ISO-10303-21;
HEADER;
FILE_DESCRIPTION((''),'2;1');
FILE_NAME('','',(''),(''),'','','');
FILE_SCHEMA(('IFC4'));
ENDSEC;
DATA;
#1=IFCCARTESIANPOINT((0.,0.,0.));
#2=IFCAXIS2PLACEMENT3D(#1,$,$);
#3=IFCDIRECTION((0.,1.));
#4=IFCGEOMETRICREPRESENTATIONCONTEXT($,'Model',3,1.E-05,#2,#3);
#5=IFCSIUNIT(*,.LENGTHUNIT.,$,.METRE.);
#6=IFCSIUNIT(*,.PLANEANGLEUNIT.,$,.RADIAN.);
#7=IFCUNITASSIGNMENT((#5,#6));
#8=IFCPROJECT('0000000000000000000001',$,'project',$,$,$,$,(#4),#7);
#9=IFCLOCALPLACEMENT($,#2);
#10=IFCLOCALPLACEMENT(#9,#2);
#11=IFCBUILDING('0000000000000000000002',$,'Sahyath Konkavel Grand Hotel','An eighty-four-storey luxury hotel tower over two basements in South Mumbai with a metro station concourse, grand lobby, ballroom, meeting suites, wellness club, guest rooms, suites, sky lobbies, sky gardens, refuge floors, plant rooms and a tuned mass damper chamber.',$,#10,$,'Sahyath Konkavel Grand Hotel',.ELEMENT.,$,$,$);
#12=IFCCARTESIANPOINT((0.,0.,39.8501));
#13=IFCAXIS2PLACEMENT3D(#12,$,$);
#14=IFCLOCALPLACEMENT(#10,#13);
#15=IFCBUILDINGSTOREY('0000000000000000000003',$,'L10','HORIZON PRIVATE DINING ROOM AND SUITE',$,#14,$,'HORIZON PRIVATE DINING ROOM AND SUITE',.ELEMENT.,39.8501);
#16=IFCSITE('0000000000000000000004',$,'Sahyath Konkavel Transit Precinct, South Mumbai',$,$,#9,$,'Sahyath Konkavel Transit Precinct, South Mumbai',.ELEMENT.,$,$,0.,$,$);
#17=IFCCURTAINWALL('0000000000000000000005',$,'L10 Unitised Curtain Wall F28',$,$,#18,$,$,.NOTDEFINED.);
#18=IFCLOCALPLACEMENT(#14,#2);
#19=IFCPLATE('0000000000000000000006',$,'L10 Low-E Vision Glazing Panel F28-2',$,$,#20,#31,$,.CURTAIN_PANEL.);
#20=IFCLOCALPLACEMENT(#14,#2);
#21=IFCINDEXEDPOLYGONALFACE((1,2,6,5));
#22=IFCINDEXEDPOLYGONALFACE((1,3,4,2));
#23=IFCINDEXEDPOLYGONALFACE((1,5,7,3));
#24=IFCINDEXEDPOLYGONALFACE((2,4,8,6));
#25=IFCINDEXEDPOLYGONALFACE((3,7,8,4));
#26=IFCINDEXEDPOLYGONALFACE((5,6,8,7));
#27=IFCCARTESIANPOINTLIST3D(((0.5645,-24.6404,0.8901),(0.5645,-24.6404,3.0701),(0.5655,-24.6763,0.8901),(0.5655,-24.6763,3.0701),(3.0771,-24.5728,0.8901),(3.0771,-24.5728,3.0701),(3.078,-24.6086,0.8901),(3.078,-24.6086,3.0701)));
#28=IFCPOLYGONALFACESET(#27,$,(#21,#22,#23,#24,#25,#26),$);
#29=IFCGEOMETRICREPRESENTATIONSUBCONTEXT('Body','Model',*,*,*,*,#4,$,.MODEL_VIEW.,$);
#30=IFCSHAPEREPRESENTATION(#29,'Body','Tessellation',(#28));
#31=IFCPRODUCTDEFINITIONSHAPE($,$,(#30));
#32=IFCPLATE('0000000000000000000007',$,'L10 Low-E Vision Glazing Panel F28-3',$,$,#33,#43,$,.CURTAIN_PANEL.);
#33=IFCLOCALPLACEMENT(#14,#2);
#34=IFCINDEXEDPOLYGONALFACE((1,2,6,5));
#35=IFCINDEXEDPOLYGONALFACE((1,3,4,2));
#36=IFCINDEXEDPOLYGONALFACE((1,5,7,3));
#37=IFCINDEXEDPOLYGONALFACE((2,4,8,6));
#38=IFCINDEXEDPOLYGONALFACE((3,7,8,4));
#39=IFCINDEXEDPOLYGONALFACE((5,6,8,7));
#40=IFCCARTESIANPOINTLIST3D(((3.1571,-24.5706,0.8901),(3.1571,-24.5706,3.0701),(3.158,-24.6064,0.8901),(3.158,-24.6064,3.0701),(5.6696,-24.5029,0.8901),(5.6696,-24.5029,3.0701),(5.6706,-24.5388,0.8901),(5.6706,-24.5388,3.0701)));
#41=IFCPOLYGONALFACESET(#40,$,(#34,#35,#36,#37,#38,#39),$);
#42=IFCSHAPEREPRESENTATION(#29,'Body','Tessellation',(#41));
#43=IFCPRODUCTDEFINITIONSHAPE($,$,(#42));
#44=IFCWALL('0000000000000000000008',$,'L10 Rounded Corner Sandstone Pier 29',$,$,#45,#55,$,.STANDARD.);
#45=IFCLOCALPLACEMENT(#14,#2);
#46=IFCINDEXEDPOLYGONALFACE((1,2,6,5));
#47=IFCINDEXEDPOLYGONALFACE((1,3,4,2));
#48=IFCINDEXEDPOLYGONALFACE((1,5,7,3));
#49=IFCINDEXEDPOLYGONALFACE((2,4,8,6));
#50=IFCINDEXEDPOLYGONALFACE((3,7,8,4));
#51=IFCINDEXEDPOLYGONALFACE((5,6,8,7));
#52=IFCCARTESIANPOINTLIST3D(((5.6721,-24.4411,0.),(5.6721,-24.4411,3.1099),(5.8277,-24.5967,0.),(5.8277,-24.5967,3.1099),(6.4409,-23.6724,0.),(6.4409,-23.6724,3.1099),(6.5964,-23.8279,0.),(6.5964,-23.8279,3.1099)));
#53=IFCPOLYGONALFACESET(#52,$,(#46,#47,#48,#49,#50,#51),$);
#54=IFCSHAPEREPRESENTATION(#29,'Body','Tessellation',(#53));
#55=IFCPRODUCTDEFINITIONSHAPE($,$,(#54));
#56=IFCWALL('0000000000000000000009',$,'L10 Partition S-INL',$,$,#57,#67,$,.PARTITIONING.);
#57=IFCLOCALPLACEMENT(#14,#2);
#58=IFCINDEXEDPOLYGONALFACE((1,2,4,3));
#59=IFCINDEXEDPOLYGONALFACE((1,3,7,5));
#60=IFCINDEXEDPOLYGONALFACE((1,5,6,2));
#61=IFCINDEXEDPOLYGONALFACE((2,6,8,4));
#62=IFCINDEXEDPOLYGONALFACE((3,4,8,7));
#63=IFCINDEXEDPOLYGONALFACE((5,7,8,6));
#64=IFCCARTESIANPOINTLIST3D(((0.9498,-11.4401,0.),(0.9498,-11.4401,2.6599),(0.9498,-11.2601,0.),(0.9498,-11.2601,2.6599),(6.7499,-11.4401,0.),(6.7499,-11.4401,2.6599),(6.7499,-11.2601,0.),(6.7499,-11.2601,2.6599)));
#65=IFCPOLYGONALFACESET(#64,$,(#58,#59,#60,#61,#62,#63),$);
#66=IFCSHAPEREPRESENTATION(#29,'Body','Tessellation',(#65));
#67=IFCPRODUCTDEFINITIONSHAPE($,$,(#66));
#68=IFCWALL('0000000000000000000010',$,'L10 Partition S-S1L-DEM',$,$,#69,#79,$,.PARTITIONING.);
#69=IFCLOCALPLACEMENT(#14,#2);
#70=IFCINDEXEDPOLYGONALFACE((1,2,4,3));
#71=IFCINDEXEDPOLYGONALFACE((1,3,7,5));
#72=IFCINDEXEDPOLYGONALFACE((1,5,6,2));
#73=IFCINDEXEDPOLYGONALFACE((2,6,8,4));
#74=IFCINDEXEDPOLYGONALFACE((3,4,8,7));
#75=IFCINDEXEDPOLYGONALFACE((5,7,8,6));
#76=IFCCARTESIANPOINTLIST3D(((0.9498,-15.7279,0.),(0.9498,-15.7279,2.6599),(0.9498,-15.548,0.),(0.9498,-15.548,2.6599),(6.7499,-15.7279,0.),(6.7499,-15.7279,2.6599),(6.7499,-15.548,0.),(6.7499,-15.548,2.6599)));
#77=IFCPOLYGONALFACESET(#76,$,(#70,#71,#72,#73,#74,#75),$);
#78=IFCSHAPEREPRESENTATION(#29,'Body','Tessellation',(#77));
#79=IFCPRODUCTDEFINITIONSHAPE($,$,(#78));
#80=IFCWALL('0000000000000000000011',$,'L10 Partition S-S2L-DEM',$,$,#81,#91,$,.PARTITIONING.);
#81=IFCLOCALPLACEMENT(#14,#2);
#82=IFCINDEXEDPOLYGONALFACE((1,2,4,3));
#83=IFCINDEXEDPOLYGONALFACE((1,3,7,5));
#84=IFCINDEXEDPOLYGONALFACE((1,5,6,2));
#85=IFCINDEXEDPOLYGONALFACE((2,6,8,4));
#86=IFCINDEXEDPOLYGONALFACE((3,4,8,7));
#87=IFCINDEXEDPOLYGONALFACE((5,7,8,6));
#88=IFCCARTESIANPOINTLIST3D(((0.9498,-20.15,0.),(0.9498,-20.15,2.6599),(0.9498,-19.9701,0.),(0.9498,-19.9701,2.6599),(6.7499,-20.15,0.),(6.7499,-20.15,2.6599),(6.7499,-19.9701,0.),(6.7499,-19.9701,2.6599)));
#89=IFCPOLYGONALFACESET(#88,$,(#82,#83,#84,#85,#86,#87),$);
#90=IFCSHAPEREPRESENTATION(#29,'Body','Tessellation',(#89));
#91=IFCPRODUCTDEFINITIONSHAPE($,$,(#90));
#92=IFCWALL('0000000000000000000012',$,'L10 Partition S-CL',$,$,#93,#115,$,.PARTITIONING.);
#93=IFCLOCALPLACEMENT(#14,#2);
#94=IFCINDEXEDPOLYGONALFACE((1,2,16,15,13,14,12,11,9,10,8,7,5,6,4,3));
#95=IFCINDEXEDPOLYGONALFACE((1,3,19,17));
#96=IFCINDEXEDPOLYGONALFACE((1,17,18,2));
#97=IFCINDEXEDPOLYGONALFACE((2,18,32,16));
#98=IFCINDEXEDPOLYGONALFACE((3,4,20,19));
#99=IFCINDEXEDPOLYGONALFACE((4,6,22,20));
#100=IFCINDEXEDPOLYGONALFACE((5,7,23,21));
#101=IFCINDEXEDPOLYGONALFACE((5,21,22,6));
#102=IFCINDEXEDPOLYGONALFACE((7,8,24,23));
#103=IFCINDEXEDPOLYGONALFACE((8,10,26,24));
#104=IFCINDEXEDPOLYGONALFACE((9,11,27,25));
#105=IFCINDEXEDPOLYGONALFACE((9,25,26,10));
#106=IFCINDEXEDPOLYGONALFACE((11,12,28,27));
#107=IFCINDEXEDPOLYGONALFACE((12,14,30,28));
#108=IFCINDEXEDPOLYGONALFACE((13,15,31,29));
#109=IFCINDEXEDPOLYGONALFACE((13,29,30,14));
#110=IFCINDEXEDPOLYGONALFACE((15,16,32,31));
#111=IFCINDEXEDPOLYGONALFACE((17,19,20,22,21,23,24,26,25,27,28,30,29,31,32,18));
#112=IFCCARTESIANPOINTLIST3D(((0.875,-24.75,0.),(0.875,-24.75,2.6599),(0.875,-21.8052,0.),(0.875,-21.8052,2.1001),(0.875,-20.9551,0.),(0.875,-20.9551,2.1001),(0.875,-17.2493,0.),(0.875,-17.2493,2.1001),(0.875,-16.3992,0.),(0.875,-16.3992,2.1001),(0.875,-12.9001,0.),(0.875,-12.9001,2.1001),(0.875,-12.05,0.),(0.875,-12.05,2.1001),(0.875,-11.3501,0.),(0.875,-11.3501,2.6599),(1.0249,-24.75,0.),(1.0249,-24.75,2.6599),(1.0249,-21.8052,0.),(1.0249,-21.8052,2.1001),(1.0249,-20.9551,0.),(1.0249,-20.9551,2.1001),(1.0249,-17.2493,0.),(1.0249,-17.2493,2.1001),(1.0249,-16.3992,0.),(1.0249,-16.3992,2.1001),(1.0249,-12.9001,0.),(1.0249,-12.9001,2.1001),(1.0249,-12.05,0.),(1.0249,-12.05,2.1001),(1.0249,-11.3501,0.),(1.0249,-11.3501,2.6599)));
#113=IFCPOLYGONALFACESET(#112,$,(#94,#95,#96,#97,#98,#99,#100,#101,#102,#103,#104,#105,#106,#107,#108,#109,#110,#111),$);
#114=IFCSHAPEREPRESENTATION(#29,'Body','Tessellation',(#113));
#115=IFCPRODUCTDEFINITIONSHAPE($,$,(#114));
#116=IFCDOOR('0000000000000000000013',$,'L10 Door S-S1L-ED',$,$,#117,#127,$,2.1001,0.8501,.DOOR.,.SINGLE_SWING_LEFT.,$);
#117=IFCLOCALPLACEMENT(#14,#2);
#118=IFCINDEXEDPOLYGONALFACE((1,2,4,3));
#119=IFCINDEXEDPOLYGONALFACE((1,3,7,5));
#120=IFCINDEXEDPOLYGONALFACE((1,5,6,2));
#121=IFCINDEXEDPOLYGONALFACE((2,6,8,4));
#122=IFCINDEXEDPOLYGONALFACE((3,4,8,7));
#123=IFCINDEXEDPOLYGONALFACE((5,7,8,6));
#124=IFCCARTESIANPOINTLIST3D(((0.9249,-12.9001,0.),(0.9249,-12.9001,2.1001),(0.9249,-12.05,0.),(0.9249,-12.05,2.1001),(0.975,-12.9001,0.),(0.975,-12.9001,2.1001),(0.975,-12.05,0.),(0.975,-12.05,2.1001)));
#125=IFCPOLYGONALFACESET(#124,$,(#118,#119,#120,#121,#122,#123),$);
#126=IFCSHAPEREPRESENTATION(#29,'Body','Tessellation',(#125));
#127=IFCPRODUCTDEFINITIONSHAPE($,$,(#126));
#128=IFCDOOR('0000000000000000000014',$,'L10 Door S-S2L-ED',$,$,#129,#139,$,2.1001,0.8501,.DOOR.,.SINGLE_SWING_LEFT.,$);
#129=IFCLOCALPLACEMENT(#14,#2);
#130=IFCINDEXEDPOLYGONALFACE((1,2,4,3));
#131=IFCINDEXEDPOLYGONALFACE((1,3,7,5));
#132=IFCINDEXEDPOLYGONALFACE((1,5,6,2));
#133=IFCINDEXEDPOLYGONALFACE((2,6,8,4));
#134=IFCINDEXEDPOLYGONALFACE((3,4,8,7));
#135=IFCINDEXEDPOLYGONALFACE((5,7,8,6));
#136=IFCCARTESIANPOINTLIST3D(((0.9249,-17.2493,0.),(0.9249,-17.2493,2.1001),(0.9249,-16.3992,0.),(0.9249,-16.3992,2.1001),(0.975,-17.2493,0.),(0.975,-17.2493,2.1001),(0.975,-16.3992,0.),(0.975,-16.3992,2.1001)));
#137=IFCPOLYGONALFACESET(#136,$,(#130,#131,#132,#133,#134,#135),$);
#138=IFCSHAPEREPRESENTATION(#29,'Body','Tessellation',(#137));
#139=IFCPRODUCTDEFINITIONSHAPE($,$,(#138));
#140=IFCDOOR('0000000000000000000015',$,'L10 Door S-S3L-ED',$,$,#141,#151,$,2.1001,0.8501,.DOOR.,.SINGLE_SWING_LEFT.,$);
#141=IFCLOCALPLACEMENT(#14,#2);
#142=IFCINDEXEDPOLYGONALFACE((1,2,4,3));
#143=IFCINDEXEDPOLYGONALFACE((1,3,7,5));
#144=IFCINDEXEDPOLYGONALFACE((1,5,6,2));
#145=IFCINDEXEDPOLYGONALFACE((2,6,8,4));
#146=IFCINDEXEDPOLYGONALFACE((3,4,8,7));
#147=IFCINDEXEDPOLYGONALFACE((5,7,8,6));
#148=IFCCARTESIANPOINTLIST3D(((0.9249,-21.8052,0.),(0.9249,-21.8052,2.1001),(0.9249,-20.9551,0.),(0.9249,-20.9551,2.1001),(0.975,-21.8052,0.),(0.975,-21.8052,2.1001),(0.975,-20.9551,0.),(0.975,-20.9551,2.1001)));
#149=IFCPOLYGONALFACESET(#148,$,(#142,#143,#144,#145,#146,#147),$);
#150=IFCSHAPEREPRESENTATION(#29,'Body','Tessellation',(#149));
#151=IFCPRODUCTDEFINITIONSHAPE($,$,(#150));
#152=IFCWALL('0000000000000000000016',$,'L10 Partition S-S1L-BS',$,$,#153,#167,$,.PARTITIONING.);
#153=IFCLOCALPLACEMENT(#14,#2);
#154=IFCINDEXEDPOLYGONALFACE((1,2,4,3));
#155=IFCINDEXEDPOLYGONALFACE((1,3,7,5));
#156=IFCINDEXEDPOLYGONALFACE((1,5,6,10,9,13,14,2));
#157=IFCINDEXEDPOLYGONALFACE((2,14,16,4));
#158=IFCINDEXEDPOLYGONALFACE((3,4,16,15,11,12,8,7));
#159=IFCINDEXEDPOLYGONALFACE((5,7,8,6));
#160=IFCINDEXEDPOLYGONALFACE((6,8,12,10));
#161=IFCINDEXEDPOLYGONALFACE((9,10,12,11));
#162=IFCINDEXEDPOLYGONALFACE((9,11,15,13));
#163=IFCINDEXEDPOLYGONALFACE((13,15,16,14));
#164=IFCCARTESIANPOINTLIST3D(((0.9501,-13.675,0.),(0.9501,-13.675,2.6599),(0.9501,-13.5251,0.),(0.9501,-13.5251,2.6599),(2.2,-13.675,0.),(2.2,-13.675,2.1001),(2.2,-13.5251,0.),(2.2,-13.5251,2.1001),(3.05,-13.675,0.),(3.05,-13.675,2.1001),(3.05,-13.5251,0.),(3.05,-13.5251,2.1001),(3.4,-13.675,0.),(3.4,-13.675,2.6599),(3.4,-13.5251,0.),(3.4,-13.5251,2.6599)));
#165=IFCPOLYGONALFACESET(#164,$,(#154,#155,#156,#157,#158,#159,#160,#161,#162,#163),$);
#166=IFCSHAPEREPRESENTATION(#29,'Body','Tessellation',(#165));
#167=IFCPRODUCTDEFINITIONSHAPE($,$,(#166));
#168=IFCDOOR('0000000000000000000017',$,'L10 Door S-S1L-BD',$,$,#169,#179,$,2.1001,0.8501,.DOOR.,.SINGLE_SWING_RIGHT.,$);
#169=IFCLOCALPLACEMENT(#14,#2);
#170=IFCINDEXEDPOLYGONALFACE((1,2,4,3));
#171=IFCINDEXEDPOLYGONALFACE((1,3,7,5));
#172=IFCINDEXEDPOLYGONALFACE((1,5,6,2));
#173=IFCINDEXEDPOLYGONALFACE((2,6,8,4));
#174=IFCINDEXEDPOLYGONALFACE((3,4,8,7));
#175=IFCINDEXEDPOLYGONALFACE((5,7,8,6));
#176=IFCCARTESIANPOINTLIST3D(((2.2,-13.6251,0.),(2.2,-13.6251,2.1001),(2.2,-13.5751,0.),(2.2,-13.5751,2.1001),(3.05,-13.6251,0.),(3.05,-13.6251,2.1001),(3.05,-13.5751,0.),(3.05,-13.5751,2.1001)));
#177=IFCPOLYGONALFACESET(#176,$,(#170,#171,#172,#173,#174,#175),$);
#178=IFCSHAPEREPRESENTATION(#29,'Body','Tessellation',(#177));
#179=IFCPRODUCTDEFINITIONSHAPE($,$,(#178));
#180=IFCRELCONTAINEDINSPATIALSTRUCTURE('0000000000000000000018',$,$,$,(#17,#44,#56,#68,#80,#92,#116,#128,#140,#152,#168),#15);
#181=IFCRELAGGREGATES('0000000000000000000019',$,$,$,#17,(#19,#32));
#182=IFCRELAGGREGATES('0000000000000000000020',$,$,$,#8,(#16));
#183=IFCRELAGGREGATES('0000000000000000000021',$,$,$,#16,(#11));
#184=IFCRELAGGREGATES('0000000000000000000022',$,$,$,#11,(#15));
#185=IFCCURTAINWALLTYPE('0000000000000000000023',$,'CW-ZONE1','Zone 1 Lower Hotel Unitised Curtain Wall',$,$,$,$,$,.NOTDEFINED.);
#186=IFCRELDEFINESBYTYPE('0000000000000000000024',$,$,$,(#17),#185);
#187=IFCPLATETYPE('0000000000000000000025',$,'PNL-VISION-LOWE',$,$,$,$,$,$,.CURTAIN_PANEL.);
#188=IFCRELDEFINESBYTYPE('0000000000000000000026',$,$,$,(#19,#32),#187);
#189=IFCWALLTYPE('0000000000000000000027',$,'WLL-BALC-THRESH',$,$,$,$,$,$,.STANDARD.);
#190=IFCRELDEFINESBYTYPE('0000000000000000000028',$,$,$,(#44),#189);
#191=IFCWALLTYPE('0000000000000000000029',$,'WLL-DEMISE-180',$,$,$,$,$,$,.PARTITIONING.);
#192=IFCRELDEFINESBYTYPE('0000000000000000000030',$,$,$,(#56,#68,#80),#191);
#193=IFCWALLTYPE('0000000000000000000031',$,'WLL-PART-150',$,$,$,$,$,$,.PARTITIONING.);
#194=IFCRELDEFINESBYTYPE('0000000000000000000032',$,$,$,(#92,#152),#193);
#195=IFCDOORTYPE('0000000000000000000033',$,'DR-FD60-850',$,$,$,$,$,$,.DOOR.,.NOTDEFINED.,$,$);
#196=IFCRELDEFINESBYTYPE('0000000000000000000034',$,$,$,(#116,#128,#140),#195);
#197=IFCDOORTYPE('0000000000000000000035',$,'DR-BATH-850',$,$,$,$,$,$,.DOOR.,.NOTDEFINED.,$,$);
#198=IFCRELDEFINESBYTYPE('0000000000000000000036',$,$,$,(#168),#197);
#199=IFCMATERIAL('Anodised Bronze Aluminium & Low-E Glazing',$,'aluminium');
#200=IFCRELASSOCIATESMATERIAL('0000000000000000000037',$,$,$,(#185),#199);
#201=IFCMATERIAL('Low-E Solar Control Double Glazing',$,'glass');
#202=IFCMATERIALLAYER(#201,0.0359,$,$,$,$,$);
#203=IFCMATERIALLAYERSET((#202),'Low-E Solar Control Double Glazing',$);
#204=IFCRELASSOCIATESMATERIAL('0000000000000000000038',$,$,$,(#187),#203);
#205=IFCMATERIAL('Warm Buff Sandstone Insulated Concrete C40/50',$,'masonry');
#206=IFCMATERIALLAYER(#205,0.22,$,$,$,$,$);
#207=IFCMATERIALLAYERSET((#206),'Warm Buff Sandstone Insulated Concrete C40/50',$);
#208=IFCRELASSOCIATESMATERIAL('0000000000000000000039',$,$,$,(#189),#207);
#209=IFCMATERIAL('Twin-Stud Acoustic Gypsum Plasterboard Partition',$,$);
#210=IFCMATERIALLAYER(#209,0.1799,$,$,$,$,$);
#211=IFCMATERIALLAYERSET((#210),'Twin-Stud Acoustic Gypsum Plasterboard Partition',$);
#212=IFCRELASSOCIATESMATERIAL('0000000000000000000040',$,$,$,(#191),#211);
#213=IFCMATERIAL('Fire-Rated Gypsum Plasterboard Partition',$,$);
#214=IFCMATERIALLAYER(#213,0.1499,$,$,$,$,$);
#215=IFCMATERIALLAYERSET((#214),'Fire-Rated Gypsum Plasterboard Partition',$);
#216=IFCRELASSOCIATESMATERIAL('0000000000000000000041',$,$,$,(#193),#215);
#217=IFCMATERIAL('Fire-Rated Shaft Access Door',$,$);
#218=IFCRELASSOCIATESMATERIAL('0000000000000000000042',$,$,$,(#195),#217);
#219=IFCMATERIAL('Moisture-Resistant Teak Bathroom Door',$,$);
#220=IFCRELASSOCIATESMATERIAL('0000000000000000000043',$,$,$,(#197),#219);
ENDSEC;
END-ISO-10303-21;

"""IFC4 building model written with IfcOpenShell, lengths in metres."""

from ifc_helpers import new_model, si_unit, direction, frame, frame_2d, origin, origin_2d, place, context, subcontext, project, spatial, rectangle, extrude, source, transform, mapped, material, layer, layer_set, type_object, element, fill, aggregate, save


model = new_model("IFC4")

# Units and contexts
model_context = context("Model", 3, precision=1e-05, world=origin(), true_north=direction((0.0, 1.0)))
body_context = subcontext(model_context, "Body", "Model", "MODEL_VIEW")
ifc_project = project(units=[si_unit("LENGTHUNIT", "METRE"), si_unit("PLANEANGLEUNIT", "RADIAN")], contexts=[model_context])

# Site, building, storey
site_placement = place(None, origin())
site = spatial("IfcSite", under=ifc_project, at=site_placement, Name="Sahyath Konkavel Transit Precinct, South Mumbai", LongName="Sahyath Konkavel Transit Precinct, South Mumbai", CompositionType="ELEMENT", RefElevation=0.0)
building_placement = place(site_placement, origin())
building = spatial("IfcBuilding", under=site, at=building_placement, Name="Sahyath Konkavel Grand Hotel", Description="An eighty-four-storey luxury hotel tower over two basements in South Mumbai with a metro station concourse, grand lobby, ballroom, meeting suites, wellness club, guest rooms, suites, sky lobbies, sky gardens, refuge floors, plant rooms and a tuned mass damper chamber.", LongName="Sahyath Konkavel Grand Hotel", CompositionType="ELEMENT")
storey_placement = place(building_placement, frame((0.0, 0.0, 39.8501)))
storey = spatial("IfcBuildingStorey", under=building, at=storey_placement, Name="L10", Description="HORIZON PRIVATE DINING ROOM AND SUITE", LongName="HORIZON PRIVATE DINING ROOM AND SUITE", CompositionType="ELEMENT", Elevation=39.8501)

# Curtain wall
ifc_material_1 = material(Name="Anodised Bronze Aluminium & Low-E Glazing", Category="aluminium")
curtain_wall_type = type_object("IfcCurtainWallType", Name="CW-ZONE1", Description="Zone 1 Lower Hotel Unitised Curtain Wall", PredefinedType="NOTDEFINED", material=ifc_material_1)
curtain_wall_placement = place(storey_placement, origin())
curtain_wall = element("IfcCurtainWall", 1, at=curtain_wall_placement, inside=storey, type_object=curtain_wall_type, Name="L10 Unitised Curtain Wall F28", PredefinedType="NOTDEFINED")

# Plates
ifc_material_2 = material(Name="Low-E Solar Control Double Glazing", Category="glass")
ifc_layer_1 = layer(ifc_material_2, 0.0359)
ifc_layer_set_1 = layer_set([ifc_layer_1], Name="Low-E Solar Control Double Glazing")
plate_type_1 = type_object("IfcPlateType", Name="PNL-VISION-LOWE", PredefinedType="CURTAIN_PANEL", material=ifc_layer_set_1)
shared_shape_1 = source(origin(), body_context, "Body", "SweptSolid", [
    extrude(rectangle(XDim=2.5134, YDim=0.0359, at=origin_2d()), origin(), (0.0, 0.0, 1.0), 2.1799),
])
plate_1_placement = place(storey_placement, frame((1.8213, -24.6245, 0.8901), z_axis=(0.0, 0.0, 1.0), x_axis=(0.999638, 0.02691, 0.0)))
plate_1 = element("IfcPlate", 2, at=plate_1_placement, type_object=plate_type_1, Name="L10 Low-E Vision Glazing Panel F28-2", PredefinedType="CURTAIN_PANEL", context=body_context, shape_type="MappedRepresentation", body=[
    mapped(shared_shape_1, transform((0.0, 0.0, 0.0), scale=1.0)),
])
plate_2_placement = place(storey_placement, frame((4.4138, -24.5547, 0.8901), z_axis=(0.0, 0.0, 1.0), x_axis=(0.999638, 0.02691, 0.0)))
plate_2 = element("IfcPlate", 3, at=plate_2_placement, type_object=plate_type_1, Name="L10 Low-E Vision Glazing Panel F28-3", PredefinedType="CURTAIN_PANEL", context=body_context, shape_type="MappedRepresentation", body=[
    mapped(shared_shape_1, transform((0.0, 0.0, 0.0), scale=1.0)),
])
aggregate(curtain_wall, [plate_1, plate_2])

# Walls
ifc_material_3 = material(Name="Warm Buff Sandstone Insulated Concrete C40/50", Category="masonry")
ifc_layer_2 = layer(ifc_material_3, 0.22)
ifc_layer_set_2 = layer_set([ifc_layer_2], Name="Warm Buff Sandstone Insulated Concrete C40/50")
wall_type_1 = type_object("IfcWallType", Name="WLL-BALC-THRESH", PredefinedType="STANDARD", material=ifc_layer_set_2)
wall_1_placement = place(storey_placement, frame((5.75, -24.5188, 0.0), z_axis=(0.0, 0.0, 1.0), x_axis=(0.707107, 0.707107, 0.0)))
element("IfcWall", 4, at=wall_1_placement, inside=storey, type_object=wall_type_1, Name="L10 Rounded Corner Sandstone Pier 29", PredefinedType="STANDARD", context=body_context, shape_type="SweptSolid", body=[
    extrude(rectangle(XDim=1.0872, YDim=0.22, at=frame_2d((0.5435, 0.0))), origin(), (0.0, 0.0, 1.0), 3.1099),
])
ifc_material_4 = material(Name="Twin-Stud Acoustic Gypsum Plasterboard Partition")
ifc_layer_3 = layer(ifc_material_4, 0.1799)
ifc_layer_set_3 = layer_set([ifc_layer_3], Name="Twin-Stud Acoustic Gypsum Plasterboard Partition")
wall_type_2 = type_object("IfcWallType", Name="WLL-DEMISE-180", PredefinedType="PARTITIONING", material=ifc_layer_set_3)
for number, where, z_axis, x_axis, name in (
    (5, (0.95, -11.3501, 0.0), (0.0, 0.0, 1.0), (1.0, 0.0, 0.0), "L10 Partition S-INL"),
    (6, (0.95, -15.6379, 0.0), (0.0, 0.0, 1.0), (1.0, 0.0, 0.0), "L10 Partition S-S1L-DEM"),
    (7, (0.95, -20.0601, 0.0), (0.0, 0.0, 1.0), (1.0, 0.0, 0.0), "L10 Partition S-S2L-DEM"),
):
    element("IfcWall", number, at=place(storey_placement, frame(where, z_axis=z_axis, x_axis=x_axis)), inside=storey, type_object=wall_type_2, Name=name, PredefinedType="PARTITIONING", context=body_context, shape_type="SweptSolid", body=[
        extrude(rectangle(XDim=5.8, YDim=0.1799, at=frame_2d((2.8999, 0.0))), origin(), (0.0, 0.0, 1.0), 2.6599),
    ])

# Wall, openings, doors
ifc_material_5 = material(Name="Fire-Rated Gypsum Plasterboard Partition")
ifc_layer_4 = layer(ifc_material_5, 0.1499)
ifc_layer_set_4 = layer_set([ifc_layer_4], Name="Fire-Rated Gypsum Plasterboard Partition")
wall_type_3 = type_object("IfcWallType", Name="WLL-PART-150", PredefinedType="PARTITIONING", material=ifc_layer_set_4)
wall_2_placement = place(storey_placement, frame((0.95, -11.3501, 0.0), z_axis=(0.0, 0.0, 1.0), x_axis=(0.0, -1.0, 0.0)))
wall_2 = element("IfcWall", 8, at=wall_2_placement, inside=storey, type_object=wall_type_3, Name="L10 Partition S-CL", PredefinedType="PARTITIONING", context=body_context, shape_type="SweptSolid", body=[
    extrude(rectangle(XDim=13.3999, YDim=0.1499, at=frame_2d((6.7, 0.0))), origin(), (0.0, 0.0, 1.0), 2.6599),
])
opening_1_placement = place(wall_2_placement, frame((0.7, 0.0, 0.0)))
opening_1 = element("IfcOpeningElement", 9, at=opening_1_placement, cuts=wall_2, PredefinedType="OPENING", context=body_context, shape_type="SweptSolid", body=[
    extrude(rectangle(XDim=0.8501, YDim=2.1001, at=frame_2d((0.425, 1.05))), frame((0.0, 0.085, 0.0), z_axis=(0.0, -1.0, 0.0), x_axis=(1.0, 0.0, 0.0)), (0.0, 0.0, 1.0), 0.1699),
])
opening_2_placement = place(wall_2_placement, frame((5.0491, 0.0, 0.0)))
opening_2 = element("IfcOpeningElement", 10, at=opening_2_placement, cuts=wall_2, PredefinedType="OPENING", context=body_context, shape_type="SweptSolid", body=[
    extrude(rectangle(XDim=0.8501, YDim=2.1001, at=frame_2d((0.425, 1.05))), frame((0.0, 0.085, 0.0), z_axis=(0.0, -1.0, 0.0), x_axis=(1.0, 0.0, 0.0)), (0.0, 0.0, 1.0), 0.1699),
])
opening_3_placement = place(wall_2_placement, frame((9.605, 0.0, 0.0)))
opening_3 = element("IfcOpeningElement", 11, at=opening_3_placement, cuts=wall_2, PredefinedType="OPENING", context=body_context, shape_type="SweptSolid", body=[
    extrude(rectangle(XDim=0.8501, YDim=2.1001, at=frame_2d((0.425, 1.05))), frame((0.0, 0.085, 0.0), z_axis=(0.0, -1.0, 0.0), x_axis=(1.0, 0.0, 0.0)), (0.0, 0.0, 1.0), 0.1699),
])
ifc_material_6 = material(Name="Fire-Rated Shaft Access Door")
door_type_1 = type_object("IfcDoorType", Name="DR-FD60-850", OperationType="NOTDEFINED", PredefinedType="DOOR", material=ifc_material_6)
shared_shape_2 = source(origin(), body_context, "Body", "SweptSolid", [
    extrude(rectangle(XDim=0.8501, YDim=0.05, at=origin_2d()), origin(), (0.0, 0.0, 1.0), 2.1001),
])
door_1_placement = place(opening_1_placement, frame((0.425, 0.0, 0.0)))
door_1 = element("IfcDoor", 12, at=door_1_placement, inside=storey, type_object=door_type_1, Name="L10 Door S-S1L-ED", OperationType="SINGLE_SWING_LEFT", OverallHeight=2.1001, OverallWidth=0.8501, PredefinedType="DOOR", context=body_context, shape_type="MappedRepresentation", body=[
    mapped(shared_shape_2, transform((0.0, 0.0, 0.0), scale=1.0)),
])
fill(opening_1, door_1)
door_2_placement = place(opening_2_placement, frame((0.425, 0.0, 0.0)))
door_2 = element("IfcDoor", 13, at=door_2_placement, inside=storey, type_object=door_type_1, Name="L10 Door S-S2L-ED", OperationType="SINGLE_SWING_LEFT", OverallHeight=2.1001, OverallWidth=0.8501, PredefinedType="DOOR", context=body_context, shape_type="MappedRepresentation", body=[
    mapped(shared_shape_2, transform((0.0, 0.0, 0.0), scale=1.0)),
])
fill(opening_2, door_2)
door_3_placement = place(opening_3_placement, frame((0.425, 0.0, 0.0)))
door_3 = element("IfcDoor", 14, at=door_3_placement, inside=storey, type_object=door_type_1, Name="L10 Door S-S3L-ED", OperationType="SINGLE_SWING_LEFT", OverallHeight=2.1001, OverallWidth=0.8501, PredefinedType="DOOR", context=body_context, shape_type="MappedRepresentation", body=[
    mapped(shared_shape_2, transform((0.0, 0.0, 0.0), scale=1.0)),
])
fill(opening_3, door_3)

# Wall, opening, door
wall_3_placement = place(storey_placement, frame((0.95, -13.6001, 0.0), z_axis=(0.0, 0.0, 1.0), x_axis=(1.0, 0.0, 0.0)))
wall_3 = element("IfcWall", 15, at=wall_3_placement, inside=storey, type_object=wall_type_3, Name="L10 Partition S-S1L-BS", PredefinedType="PARTITIONING", context=body_context, shape_type="SweptSolid", body=[
    extrude(rectangle(XDim=2.45, YDim=0.1499, at=frame_2d((1.2251, 0.0))), origin(), (0.0, 0.0, 1.0), 2.6599),
])
opening_4_placement = place(wall_3_placement, frame((1.25, 0.0, 0.0)))
opening_4 = element("IfcOpeningElement", 16, at=opening_4_placement, cuts=wall_3, PredefinedType="OPENING", context=body_context, shape_type="SweptSolid", body=[
    extrude(rectangle(XDim=0.8501, YDim=2.1001, at=frame_2d((0.425, 1.05))), frame((0.0, 0.085, 0.0), z_axis=(0.0, -1.0, 0.0), x_axis=(1.0, 0.0, 0.0)), (0.0, 0.0, 1.0), 0.1699),
])
ifc_material_7 = material(Name="Moisture-Resistant Teak Bathroom Door")
door_type_2 = type_object("IfcDoorType", Name="DR-BATH-850", OperationType="NOTDEFINED", PredefinedType="DOOR", material=ifc_material_7)
door_4_placement = place(opening_4_placement, frame((0.425, 0.0, 0.0)))
door_4 = element("IfcDoor", 17, at=door_4_placement, inside=storey, type_object=door_type_2, Name="L10 Door S-S1L-BD", OperationType="SINGLE_SWING_RIGHT", OverallHeight=2.1001, OverallWidth=0.8501, PredefinedType="DOOR", context=body_context, shape_type="MappedRepresentation", body=[
    mapped(shared_shape_2, transform((0.0, 0.0, 0.0), scale=1.0)),
])
fill(opening_4, door_4)

save(model, "model.ifc")
